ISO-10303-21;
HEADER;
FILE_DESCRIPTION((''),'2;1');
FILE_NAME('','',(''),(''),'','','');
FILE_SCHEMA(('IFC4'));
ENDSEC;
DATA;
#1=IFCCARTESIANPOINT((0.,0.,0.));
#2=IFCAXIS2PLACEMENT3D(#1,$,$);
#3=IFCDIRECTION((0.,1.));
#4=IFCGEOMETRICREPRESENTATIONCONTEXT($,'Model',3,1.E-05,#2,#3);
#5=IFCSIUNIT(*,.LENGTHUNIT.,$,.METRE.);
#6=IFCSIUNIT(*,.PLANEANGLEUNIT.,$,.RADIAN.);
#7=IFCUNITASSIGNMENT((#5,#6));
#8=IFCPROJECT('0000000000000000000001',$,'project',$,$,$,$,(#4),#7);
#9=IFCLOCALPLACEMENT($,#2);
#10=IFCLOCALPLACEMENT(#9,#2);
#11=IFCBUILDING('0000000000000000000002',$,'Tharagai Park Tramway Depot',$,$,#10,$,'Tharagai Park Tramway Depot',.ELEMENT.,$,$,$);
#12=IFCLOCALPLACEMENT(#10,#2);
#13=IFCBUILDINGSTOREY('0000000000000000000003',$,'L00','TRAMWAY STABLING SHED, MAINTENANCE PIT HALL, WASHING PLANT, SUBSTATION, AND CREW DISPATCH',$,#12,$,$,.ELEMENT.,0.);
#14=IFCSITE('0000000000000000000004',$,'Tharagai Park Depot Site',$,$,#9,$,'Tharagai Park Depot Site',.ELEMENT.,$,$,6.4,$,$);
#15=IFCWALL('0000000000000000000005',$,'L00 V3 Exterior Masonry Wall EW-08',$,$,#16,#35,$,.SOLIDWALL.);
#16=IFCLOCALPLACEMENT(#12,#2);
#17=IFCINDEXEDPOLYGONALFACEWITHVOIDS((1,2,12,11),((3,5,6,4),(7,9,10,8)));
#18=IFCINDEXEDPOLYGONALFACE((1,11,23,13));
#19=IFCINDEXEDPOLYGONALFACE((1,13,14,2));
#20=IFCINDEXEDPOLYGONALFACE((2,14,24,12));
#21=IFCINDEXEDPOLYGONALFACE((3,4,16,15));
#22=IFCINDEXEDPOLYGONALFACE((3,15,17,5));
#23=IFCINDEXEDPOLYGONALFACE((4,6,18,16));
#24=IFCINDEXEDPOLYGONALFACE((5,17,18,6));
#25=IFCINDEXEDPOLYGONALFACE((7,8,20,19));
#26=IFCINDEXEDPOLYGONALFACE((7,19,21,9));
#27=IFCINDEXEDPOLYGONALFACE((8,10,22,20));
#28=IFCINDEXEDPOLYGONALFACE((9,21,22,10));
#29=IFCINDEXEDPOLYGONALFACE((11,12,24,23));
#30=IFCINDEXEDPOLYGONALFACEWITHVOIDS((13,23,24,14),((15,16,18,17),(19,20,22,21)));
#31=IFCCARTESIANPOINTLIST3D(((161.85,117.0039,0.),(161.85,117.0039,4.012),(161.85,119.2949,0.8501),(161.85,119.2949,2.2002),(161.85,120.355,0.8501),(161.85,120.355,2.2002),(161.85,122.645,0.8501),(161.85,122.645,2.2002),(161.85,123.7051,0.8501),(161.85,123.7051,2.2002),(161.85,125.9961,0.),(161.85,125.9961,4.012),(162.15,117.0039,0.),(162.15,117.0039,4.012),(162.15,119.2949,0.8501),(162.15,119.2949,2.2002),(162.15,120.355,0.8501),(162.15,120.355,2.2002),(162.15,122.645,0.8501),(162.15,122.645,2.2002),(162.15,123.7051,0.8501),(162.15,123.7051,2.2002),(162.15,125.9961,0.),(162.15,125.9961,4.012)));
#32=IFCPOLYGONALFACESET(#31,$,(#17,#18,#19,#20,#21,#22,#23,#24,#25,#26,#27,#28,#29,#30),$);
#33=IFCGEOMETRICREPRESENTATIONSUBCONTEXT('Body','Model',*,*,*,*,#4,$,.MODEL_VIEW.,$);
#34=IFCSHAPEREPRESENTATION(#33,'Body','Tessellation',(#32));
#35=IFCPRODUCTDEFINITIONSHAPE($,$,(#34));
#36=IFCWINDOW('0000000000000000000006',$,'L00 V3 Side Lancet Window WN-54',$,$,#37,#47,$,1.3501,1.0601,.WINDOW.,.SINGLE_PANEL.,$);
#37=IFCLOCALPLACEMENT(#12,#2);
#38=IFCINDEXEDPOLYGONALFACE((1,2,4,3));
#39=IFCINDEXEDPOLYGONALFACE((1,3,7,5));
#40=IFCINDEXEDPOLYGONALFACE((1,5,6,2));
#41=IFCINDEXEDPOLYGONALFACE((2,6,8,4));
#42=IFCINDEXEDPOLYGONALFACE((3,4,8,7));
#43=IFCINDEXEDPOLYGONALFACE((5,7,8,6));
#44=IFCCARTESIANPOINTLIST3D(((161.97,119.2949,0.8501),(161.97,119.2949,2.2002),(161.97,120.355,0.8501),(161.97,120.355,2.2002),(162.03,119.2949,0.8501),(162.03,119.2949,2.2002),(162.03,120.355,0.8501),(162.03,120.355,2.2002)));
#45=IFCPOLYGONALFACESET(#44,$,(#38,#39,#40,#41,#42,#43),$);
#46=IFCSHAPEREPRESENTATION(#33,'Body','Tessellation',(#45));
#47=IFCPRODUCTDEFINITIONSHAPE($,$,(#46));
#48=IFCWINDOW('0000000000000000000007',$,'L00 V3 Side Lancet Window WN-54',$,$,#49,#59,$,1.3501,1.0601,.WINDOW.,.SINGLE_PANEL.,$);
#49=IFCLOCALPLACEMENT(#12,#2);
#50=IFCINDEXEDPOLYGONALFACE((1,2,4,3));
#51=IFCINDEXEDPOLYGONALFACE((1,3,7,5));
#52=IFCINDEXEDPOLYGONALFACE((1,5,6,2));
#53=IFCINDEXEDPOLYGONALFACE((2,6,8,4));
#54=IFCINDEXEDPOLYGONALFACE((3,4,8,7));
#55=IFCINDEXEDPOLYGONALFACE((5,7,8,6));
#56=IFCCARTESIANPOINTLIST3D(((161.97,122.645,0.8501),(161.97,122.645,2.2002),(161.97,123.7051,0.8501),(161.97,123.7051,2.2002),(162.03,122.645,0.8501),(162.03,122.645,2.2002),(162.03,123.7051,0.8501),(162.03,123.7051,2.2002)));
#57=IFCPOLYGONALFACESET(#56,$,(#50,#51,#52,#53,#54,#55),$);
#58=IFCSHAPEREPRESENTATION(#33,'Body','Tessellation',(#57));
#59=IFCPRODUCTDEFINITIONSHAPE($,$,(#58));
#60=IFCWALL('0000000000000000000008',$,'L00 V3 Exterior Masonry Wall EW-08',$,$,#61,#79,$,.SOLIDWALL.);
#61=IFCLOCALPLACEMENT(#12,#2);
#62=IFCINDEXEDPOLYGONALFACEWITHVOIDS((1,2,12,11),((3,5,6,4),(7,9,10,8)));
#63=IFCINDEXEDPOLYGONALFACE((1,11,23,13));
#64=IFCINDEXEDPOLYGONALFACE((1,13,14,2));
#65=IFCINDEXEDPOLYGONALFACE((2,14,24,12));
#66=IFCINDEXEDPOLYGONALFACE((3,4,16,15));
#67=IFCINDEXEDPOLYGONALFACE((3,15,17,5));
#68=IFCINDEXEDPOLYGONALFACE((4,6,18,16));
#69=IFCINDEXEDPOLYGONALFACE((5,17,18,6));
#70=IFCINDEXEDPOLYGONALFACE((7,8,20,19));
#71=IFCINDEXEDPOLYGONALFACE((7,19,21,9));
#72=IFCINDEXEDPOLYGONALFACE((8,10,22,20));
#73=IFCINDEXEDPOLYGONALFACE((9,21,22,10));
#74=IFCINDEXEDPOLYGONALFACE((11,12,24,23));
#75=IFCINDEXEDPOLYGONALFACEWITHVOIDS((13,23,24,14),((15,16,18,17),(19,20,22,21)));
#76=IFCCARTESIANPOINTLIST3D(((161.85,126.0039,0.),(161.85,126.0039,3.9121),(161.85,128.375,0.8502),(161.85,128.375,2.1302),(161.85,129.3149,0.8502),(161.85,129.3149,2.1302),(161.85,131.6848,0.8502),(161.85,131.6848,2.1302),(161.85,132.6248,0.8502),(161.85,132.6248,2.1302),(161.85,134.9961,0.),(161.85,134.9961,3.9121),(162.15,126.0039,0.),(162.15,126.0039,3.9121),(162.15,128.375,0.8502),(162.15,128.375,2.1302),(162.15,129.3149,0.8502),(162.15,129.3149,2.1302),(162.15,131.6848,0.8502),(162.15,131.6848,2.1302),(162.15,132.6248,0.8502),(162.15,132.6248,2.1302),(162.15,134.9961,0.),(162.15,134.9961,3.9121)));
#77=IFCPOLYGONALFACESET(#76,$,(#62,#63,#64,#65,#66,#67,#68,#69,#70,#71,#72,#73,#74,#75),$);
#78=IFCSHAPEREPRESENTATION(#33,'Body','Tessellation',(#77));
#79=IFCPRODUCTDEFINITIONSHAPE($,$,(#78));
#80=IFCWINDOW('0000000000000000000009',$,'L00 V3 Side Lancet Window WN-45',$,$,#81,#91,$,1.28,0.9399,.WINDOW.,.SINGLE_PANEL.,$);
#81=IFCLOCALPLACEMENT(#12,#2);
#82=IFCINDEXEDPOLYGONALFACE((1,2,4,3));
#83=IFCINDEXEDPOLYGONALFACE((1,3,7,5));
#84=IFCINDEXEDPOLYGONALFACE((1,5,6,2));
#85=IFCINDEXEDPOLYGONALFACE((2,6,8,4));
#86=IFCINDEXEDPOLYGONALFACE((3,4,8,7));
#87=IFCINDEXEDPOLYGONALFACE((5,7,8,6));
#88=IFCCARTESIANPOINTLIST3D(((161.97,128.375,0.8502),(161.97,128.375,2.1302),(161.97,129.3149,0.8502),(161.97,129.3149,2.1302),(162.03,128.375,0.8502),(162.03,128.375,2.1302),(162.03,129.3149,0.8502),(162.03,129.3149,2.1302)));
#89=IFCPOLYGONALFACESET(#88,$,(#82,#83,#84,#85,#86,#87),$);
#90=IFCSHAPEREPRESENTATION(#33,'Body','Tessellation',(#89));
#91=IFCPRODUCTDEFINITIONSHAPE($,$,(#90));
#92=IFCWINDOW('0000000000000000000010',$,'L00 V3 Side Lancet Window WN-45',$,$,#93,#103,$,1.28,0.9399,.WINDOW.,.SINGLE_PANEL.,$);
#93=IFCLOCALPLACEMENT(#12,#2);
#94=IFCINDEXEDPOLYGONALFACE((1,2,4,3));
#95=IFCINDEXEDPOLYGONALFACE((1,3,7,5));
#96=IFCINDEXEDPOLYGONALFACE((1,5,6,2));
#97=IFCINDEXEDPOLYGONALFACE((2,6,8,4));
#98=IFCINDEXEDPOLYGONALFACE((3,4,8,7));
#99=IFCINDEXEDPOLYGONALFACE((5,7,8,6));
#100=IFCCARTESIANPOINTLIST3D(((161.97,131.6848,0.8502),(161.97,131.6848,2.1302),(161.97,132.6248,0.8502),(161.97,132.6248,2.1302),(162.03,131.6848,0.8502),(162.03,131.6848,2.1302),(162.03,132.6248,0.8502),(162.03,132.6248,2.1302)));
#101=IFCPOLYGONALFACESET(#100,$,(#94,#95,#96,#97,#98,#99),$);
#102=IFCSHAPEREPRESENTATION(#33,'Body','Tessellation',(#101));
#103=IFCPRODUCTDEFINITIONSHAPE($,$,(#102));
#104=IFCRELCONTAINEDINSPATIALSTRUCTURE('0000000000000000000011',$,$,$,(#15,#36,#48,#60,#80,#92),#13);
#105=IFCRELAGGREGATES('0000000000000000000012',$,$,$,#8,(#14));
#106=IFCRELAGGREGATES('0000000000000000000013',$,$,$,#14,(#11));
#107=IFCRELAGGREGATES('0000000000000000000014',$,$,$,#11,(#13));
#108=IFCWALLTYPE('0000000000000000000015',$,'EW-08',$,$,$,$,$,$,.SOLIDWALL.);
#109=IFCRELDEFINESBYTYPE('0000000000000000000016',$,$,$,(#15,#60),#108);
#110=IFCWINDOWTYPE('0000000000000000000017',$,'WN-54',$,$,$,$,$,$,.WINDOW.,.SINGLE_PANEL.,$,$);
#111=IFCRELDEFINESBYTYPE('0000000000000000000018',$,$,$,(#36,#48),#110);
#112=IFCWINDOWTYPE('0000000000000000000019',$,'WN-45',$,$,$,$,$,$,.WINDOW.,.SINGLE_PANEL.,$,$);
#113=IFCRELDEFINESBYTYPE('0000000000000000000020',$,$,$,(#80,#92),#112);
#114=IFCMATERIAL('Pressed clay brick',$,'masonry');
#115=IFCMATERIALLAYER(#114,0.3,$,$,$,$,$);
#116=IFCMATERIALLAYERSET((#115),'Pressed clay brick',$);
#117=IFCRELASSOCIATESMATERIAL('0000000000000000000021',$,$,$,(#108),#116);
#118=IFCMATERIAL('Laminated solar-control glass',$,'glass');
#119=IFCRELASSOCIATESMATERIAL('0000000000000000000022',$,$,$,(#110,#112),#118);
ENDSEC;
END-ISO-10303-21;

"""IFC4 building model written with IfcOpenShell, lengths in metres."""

from ifc_helpers import new_model, si_unit, direction, frame, frame_2d, origin, place, context, subcontext, project, spatial, rectangle, extrude, material, layer, layer_set, type_object, element, fill, save


model = new_model("IFC4")

# Units and contexts
model_context = context("Model", 3, precision=1e-05, world=origin(), true_north=direction((0.0, 1.0)))
body_context = subcontext(model_context, "Body", "Model", "MODEL_VIEW")
ifc_project = project(units=[si_unit("LENGTHUNIT", "METRE"), si_unit("PLANEANGLEUNIT", "RADIAN")], contexts=[model_context])

# Site, building, storey
site_placement = place(None, origin())
site = spatial("IfcSite", under=ifc_project, at=site_placement, Name="Tharagai Park Depot Site", LongName="Tharagai Park Depot Site", CompositionType="ELEMENT", RefElevation=6.4)
building_placement = place(site_placement, origin())
building = spatial("IfcBuilding", under=site, at=building_placement, Name="Tharagai Park Tramway Depot", LongName="Tharagai Park Tramway Depot", CompositionType="ELEMENT")
storey_placement = place(building_placement, origin())
storey = spatial("IfcBuildingStorey", under=building, at=storey_placement, Name="L00", Description="TRAMWAY STABLING SHED, MAINTENANCE PIT HALL, WASHING PLANT, SUBSTATION, AND CREW DISPATCH", CompositionType="ELEMENT", Elevation=0.0)

# Walls, openings, windows
ifc_material_1 = material(Name="Pressed clay brick", Category="masonry")
ifc_layer = layer(ifc_material_1, 0.3)
ifc_layer_set = layer_set([ifc_layer], Name="Pressed clay brick")
wall_type = type_object("IfcWallType", Name="EW-08", PredefinedType="SOLIDWALL", material=ifc_layer_set)
ifc_material_2 = material(Name="Laminated solar-control glass", Category="glass")
wall_1_placement = place(storey_placement, frame((162.0, 117.0039, 0.0), z_axis=(0.0, 0.0, 1.0), x_axis=(0.0, 1.0, 0.0)))
wall_1 = element("IfcWall", 1, at=wall_1_placement, inside=storey, type_object=wall_type, Name="L00 V3 Exterior Masonry Wall EW-08", PredefinedType="SOLIDWALL", context=body_context, shape_type="SweptSolid", body=[
    extrude(rectangle(XDim=8.9922, YDim=0.3, at=frame_2d((4.4961, 0.0))), origin(), (0.0, 0.0, 1.0), 4.012),
])
opening_1_placement = place(wall_1_placement, frame((2.291, 0.0, 0.8501)))
opening_1 = element("IfcOpeningElement", 2, at=opening_1_placement, cuts=wall_1, PredefinedType="OPENING", context=body_context, shape_type="SweptSolid", body=[
    extrude(rectangle(XDim=1.0601, YDim=1.3501, at=frame_2d((0.53, 0.675))), frame((0.0, 0.1599, 0.0), z_axis=(0.0, -1.0, 0.0), x_axis=(1.0, 0.0, 0.0)), (0.0, 0.0, 1.0), 0.3201),
])
opening_2_placement = place(wall_1_placement, frame((5.6411, 0.0, 0.8501)))
opening_2 = element("IfcOpeningElement", 3, at=opening_2_placement, cuts=wall_1, PredefinedType="OPENING", context=body_context, shape_type="SweptSolid", body=[
    extrude(rectangle(XDim=1.0601, YDim=1.3501, at=frame_2d((0.53, 0.675))), frame((0.0, 0.1599, 0.0), z_axis=(0.0, -1.0, 0.0), x_axis=(1.0, 0.0, 0.0)), (0.0, 0.0, 1.0), 0.3201),
])
window_type_1 = type_object("IfcWindowType", Name="WN-54", PartitioningType="SINGLE_PANEL", PredefinedType="WINDOW", material=ifc_material_2)
window_1_placement = place(opening_1_placement, origin())
window_1 = element("IfcWindow", 4, at=window_1_placement, inside=storey, type_object=window_type_1, Name="L00 V3 Side Lancet Window WN-54", OverallHeight=1.3501, OverallWidth=1.0601, PartitioningType="SINGLE_PANEL", PredefinedType="WINDOW", context=body_context, shape_type="SweptSolid", body=[
    extrude(rectangle(XDim=1.0601, YDim=1.3501, at=frame_2d((0.53, 0.675))), frame((0.0, 0.03, 0.0), z_axis=(0.0, -1.0, 0.0), x_axis=(1.0, 0.0, 0.0)), (0.0, 0.0, 1.0), 0.0601),
])
fill(opening_1, window_1)
window_2_placement = place(opening_2_placement, origin())
window_2 = element("IfcWindow", 5, at=window_2_placement, inside=storey, type_object=window_type_1, Name="L00 V3 Side Lancet Window WN-54", OverallHeight=1.3501, OverallWidth=1.0601, PartitioningType="SINGLE_PANEL", PredefinedType="WINDOW", context=body_context, shape_type="SweptSolid", body=[
    extrude(rectangle(XDim=1.0601, YDim=1.3501, at=frame_2d((0.53, 0.675))), frame((0.0, 0.03, 0.0), z_axis=(0.0, -1.0, 0.0), x_axis=(1.0, 0.0, 0.0)), (0.0, 0.0, 1.0), 0.0601),
])
fill(opening_2, window_2)
wall_2_placement = place(storey_placement, frame((162.0, 126.0039, 0.0), z_axis=(0.0, 0.0, 1.0), x_axis=(0.0, 1.0, 0.0)))
wall_2 = element("IfcWall", 6, at=wall_2_placement, inside=storey, type_object=wall_type, Name="L00 V3 Exterior Masonry Wall EW-08", PredefinedType="SOLIDWALL", context=body_context, shape_type="SweptSolid", body=[
    extrude(rectangle(XDim=8.9922, YDim=0.3, at=frame_2d((4.4961, 0.0))), origin(), (0.0, 0.0, 1.0), 3.9121),
])
opening_3_placement = place(wall_2_placement, frame((2.3711, 0.0, 0.8501)))
opening_3 = element("IfcOpeningElement", 7, at=opening_3_placement, cuts=wall_2, PredefinedType="OPENING", context=body_context, shape_type="SweptSolid", body=[
    extrude(rectangle(XDim=0.9399, YDim=1.28, at=frame_2d((0.47, 0.6401))), frame((0.0, 0.1599, 0.0), z_axis=(0.0, -1.0, 0.0), x_axis=(1.0, 0.0, 0.0)), (0.0, 0.0, 1.0), 0.3201),
])
opening_4_placement = place(wall_2_placement, frame((5.6809, 0.0, 0.8501)))
opening_4 = element("IfcOpeningElement", 8, at=opening_4_placement, cuts=wall_2, PredefinedType="OPENING", context=body_context, shape_type="SweptSolid", body=[
    extrude(rectangle(XDim=0.9399, YDim=1.28, at=frame_2d((0.47, 0.6401))), frame((0.0, 0.1599, 0.0), z_axis=(0.0, -1.0, 0.0), x_axis=(1.0, 0.0, 0.0)), (0.0, 0.0, 1.0), 0.3201),
])
window_type_2 = type_object("IfcWindowType", Name="WN-45", PartitioningType="SINGLE_PANEL", PredefinedType="WINDOW", material=ifc_material_2)
window_3_placement = place(opening_3_placement, origin())
window_3 = element("IfcWindow", 9, at=window_3_placement, inside=storey, type_object=window_type_2, Name="L00 V3 Side Lancet Window WN-45", OverallHeight=1.28, OverallWidth=0.9399, PartitioningType="SINGLE_PANEL", PredefinedType="WINDOW", context=body_context, shape_type="SweptSolid", body=[
    extrude(rectangle(XDim=0.9399, YDim=1.28, at=frame_2d((0.47, 0.6401))), frame((0.0, 0.03, 0.0), z_axis=(0.0, -1.0, 0.0), x_axis=(1.0, 0.0, 0.0)), (0.0, 0.0, 1.0), 0.0601),
])
fill(opening_3, window_3)
window_4_placement = place(opening_4_placement, origin())
window_4 = element("IfcWindow", 10, at=window_4_placement, inside=storey, type_object=window_type_2, Name="L00 V3 Side Lancet Window WN-45", OverallHeight=1.28, OverallWidth=0.9399, PartitioningType="SINGLE_PANEL", PredefinedType="WINDOW", context=body_context, shape_type="SweptSolid", body=[
    extrude(rectangle(XDim=0.9399, YDim=1.28, at=frame_2d((0.47, 0.6401))), frame((0.0, 0.03, 0.0), z_axis=(0.0, -1.0, 0.0), x_axis=(1.0, 0.0, 0.0)), (0.0, 0.0, 1.0), 0.0601),
])
fill(opening_4, window_4)

save(model, "model.ifc")
